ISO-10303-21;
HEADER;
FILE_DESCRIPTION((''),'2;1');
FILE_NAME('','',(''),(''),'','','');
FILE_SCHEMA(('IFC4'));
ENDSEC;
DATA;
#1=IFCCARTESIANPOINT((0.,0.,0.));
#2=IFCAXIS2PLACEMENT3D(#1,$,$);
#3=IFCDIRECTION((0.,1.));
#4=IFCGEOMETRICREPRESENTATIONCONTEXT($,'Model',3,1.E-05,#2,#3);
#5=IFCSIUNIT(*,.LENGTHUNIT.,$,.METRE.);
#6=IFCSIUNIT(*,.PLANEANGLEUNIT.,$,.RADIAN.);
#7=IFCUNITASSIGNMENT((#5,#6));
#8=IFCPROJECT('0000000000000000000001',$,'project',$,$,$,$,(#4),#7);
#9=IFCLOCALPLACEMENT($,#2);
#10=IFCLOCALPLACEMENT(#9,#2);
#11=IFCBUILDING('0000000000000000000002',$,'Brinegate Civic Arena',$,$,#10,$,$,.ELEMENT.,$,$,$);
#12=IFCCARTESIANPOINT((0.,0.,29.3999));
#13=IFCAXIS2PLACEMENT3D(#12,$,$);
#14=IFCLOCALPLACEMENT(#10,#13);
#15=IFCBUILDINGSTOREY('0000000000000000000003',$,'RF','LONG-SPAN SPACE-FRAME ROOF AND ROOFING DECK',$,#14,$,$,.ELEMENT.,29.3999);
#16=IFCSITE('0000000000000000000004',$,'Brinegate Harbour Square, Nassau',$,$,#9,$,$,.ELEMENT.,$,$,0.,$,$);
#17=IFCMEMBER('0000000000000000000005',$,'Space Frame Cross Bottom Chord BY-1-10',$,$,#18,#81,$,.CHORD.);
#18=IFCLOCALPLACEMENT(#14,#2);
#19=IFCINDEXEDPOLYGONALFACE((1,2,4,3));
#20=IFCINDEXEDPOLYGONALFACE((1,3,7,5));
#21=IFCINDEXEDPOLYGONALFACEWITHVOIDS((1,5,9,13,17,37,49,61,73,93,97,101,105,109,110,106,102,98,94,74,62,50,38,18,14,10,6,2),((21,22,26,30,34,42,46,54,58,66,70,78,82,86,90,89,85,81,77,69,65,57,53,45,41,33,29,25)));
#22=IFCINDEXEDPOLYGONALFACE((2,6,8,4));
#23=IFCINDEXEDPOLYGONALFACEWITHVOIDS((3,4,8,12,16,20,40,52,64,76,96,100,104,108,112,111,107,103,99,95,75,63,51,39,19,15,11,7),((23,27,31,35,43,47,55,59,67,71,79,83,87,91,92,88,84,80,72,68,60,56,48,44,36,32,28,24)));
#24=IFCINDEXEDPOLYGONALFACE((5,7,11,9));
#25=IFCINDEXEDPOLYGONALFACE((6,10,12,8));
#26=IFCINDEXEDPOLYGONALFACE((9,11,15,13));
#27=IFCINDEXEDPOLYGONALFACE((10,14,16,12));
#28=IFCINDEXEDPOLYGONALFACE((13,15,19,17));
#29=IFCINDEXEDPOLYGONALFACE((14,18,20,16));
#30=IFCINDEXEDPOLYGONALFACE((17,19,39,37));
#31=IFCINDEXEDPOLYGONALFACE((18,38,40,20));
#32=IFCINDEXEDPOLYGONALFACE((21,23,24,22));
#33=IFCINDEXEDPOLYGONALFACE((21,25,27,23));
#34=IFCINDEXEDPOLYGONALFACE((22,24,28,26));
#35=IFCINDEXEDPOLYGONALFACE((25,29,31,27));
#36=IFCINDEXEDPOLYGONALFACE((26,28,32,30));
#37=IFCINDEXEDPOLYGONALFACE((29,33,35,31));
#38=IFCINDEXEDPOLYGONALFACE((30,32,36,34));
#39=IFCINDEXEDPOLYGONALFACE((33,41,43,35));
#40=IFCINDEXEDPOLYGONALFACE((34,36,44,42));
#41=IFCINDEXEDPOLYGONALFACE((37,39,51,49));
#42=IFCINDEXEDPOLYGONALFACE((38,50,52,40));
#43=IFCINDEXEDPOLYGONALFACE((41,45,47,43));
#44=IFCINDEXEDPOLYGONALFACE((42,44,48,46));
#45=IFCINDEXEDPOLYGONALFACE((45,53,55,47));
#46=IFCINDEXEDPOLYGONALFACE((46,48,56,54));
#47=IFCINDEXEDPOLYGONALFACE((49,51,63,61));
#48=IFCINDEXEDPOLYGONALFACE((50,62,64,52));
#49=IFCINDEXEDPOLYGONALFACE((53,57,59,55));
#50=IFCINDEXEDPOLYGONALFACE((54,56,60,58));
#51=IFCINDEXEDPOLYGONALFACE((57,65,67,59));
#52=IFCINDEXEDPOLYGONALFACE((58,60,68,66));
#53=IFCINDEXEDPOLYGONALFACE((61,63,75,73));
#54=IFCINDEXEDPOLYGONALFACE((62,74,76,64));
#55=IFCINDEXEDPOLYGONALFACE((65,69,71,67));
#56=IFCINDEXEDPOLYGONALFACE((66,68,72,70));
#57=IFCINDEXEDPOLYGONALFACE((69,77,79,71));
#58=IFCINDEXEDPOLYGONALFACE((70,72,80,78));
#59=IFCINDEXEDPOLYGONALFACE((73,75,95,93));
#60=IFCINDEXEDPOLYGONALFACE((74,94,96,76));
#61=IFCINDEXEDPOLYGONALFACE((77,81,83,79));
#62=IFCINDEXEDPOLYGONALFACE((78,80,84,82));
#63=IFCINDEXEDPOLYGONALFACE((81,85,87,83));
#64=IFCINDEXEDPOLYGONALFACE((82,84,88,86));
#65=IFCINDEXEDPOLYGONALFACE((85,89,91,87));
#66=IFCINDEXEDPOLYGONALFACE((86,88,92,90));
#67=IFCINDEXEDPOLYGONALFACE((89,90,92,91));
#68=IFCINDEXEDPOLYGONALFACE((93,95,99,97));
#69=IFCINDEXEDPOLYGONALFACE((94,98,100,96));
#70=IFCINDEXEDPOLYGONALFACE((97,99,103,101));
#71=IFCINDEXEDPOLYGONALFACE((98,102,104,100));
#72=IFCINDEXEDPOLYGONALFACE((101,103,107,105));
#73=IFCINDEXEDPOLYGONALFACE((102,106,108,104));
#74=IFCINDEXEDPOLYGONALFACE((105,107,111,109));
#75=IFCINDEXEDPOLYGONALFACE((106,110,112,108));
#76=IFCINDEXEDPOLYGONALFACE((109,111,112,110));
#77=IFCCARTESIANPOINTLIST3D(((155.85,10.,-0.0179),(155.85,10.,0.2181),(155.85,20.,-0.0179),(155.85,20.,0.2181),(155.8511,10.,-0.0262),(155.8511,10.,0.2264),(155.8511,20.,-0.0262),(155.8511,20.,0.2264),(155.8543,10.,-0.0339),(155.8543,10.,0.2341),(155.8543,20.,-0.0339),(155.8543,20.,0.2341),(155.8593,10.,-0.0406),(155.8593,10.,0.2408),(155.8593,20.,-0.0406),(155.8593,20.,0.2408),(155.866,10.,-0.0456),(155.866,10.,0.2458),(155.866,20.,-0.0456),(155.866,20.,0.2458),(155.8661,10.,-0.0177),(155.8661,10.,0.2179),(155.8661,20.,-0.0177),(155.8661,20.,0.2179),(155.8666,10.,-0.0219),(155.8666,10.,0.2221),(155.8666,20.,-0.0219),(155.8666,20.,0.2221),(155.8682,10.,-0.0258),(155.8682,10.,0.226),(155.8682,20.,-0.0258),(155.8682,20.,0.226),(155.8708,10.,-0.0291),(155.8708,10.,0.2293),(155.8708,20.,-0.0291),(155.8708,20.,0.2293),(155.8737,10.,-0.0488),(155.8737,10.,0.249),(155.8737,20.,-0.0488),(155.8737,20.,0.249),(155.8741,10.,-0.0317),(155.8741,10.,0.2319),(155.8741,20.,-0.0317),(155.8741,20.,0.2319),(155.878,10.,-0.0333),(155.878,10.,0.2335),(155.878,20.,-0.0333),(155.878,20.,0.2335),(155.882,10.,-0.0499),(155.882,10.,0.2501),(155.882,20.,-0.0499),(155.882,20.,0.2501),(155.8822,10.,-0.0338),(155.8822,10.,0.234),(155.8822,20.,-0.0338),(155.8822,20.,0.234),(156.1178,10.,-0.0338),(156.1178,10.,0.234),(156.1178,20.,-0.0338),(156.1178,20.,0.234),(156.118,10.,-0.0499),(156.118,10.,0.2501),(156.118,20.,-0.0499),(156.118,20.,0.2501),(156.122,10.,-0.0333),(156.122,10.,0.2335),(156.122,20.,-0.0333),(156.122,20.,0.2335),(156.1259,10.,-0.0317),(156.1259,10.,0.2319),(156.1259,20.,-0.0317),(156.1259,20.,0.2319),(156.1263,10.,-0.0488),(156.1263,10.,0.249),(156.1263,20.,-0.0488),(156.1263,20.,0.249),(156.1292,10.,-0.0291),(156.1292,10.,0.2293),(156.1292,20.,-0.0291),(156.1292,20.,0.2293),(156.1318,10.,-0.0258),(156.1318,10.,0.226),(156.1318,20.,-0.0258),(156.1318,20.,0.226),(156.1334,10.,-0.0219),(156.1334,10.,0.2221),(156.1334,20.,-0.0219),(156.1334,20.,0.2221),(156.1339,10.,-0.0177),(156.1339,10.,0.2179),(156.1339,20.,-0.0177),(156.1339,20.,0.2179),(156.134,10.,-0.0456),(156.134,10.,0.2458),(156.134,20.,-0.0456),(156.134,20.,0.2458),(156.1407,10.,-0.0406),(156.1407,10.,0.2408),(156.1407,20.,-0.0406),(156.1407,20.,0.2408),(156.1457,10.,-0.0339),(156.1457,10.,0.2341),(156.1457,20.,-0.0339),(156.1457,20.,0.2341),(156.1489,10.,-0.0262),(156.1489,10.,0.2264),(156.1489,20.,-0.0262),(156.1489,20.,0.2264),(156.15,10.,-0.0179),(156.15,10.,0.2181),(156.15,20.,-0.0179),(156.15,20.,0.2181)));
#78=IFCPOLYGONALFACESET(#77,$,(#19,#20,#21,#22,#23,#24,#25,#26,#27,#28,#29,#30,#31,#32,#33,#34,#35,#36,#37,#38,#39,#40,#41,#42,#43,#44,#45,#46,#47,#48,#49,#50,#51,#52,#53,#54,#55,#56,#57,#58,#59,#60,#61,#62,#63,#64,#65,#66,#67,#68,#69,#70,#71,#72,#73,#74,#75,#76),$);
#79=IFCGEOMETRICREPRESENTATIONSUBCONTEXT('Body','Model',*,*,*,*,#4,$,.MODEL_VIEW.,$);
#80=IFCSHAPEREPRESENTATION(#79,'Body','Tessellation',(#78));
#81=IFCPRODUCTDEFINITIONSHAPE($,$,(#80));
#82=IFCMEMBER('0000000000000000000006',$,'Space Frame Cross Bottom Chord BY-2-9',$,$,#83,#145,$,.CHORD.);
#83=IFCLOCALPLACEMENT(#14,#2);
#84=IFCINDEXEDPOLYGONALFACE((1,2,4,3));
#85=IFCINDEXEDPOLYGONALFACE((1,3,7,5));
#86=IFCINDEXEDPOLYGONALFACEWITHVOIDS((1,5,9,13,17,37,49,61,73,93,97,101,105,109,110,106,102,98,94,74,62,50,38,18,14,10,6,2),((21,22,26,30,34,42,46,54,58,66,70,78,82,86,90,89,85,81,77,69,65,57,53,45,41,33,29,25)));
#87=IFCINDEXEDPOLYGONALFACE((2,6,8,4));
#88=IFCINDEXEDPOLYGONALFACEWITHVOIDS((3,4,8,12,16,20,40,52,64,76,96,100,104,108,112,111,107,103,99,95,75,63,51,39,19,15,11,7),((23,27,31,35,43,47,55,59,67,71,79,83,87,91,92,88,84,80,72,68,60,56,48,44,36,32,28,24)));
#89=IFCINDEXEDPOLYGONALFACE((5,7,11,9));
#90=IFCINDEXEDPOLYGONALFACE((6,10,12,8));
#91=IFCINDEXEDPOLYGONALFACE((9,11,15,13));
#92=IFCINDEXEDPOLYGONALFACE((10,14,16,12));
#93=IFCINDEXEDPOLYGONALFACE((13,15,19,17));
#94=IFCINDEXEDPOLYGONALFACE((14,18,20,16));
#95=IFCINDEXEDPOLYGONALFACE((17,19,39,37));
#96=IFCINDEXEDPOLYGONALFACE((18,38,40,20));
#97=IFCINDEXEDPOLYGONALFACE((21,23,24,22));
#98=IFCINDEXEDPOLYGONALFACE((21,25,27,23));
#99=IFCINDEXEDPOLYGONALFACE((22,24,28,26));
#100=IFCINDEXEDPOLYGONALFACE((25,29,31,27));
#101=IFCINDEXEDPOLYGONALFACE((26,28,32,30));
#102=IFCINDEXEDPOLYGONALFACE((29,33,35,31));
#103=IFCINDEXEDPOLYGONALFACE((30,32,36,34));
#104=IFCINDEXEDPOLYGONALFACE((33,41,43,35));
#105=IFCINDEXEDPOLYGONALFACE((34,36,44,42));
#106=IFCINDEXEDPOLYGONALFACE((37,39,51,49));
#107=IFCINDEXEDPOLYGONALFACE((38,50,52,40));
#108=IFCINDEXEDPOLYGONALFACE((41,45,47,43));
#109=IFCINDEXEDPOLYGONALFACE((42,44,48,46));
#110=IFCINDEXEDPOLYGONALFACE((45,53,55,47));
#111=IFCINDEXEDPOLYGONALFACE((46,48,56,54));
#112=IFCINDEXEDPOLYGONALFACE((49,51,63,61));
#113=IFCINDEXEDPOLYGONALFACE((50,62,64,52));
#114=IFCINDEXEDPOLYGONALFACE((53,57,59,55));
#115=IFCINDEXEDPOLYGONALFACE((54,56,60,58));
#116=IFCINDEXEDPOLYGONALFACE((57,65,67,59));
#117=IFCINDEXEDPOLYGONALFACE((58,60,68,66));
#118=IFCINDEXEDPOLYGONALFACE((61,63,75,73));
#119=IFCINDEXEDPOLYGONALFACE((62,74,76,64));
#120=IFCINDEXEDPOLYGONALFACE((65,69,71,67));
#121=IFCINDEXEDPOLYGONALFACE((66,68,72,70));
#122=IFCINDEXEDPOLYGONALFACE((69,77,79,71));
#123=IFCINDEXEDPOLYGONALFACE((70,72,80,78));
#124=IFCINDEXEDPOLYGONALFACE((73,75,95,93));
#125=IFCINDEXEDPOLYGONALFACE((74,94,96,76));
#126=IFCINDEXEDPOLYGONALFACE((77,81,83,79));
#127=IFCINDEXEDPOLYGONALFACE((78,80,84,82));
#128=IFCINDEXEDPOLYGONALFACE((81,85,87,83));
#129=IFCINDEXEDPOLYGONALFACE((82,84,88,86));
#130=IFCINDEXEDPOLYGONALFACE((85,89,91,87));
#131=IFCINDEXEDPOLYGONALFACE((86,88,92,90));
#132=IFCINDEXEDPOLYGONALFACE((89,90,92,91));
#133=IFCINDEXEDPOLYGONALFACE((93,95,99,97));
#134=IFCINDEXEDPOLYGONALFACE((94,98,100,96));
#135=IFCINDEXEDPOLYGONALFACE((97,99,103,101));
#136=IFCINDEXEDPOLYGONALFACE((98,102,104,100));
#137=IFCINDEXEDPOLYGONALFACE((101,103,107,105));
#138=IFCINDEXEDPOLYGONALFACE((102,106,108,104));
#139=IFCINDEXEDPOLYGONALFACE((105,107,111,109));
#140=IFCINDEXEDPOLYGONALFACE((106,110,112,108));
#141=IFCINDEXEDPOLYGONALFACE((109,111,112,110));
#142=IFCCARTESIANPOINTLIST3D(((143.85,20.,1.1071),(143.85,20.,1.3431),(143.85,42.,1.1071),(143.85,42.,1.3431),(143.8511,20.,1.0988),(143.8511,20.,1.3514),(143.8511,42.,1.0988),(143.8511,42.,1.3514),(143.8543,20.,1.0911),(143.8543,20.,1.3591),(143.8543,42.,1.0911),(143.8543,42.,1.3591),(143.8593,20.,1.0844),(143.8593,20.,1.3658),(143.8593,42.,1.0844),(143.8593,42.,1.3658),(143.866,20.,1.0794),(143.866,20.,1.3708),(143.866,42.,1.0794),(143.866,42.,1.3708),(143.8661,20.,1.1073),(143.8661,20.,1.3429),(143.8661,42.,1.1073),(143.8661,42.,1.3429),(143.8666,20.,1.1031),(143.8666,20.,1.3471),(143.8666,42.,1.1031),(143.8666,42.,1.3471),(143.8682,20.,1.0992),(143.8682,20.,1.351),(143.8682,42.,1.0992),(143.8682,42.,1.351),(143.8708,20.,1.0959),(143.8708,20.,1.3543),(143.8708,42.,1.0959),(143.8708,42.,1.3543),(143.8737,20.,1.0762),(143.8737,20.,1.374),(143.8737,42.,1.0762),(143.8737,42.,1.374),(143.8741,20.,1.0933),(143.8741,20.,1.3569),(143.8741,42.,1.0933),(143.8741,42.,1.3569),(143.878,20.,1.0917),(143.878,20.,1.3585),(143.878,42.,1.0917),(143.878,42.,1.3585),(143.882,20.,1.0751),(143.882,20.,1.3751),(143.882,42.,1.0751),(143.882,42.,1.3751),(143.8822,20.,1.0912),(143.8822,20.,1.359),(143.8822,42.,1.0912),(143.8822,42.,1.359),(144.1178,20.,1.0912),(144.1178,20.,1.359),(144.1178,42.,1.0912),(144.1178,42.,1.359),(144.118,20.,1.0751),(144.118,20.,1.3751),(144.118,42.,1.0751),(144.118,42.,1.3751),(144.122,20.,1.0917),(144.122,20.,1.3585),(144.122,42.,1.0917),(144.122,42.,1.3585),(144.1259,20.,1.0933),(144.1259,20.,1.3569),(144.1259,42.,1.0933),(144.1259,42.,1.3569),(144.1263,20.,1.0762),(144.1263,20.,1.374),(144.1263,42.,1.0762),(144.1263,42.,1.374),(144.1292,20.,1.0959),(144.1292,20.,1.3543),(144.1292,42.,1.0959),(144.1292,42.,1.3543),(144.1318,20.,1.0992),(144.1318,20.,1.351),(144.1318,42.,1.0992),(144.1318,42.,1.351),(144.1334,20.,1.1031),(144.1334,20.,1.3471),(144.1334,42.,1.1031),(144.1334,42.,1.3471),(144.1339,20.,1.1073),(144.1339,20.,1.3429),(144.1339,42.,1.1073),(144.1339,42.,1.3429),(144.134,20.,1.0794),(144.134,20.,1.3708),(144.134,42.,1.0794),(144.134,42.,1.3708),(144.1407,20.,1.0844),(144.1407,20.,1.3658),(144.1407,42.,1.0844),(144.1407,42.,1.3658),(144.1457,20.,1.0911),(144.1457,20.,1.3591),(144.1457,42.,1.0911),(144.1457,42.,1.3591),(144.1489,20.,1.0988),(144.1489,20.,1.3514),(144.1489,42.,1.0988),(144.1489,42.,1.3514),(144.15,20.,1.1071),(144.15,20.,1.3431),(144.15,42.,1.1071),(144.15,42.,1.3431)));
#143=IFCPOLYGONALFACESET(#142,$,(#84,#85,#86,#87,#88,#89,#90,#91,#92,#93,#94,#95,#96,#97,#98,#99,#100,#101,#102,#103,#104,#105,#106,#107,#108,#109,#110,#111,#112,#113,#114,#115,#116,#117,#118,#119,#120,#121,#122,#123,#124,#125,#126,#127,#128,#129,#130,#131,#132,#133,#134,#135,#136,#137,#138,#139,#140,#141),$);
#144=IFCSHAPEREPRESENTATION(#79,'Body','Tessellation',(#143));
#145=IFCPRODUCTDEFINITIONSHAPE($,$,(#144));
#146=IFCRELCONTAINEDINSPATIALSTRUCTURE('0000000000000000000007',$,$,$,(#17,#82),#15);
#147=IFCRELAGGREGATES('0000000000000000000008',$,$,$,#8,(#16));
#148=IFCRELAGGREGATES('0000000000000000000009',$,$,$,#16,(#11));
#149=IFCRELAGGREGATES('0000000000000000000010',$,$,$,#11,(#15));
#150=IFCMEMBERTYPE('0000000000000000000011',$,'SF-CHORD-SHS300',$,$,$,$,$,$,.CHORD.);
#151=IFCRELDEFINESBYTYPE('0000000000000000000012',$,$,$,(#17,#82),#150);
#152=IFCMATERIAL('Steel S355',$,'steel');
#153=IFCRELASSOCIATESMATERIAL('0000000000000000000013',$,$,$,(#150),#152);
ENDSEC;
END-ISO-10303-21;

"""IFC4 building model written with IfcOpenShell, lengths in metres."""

from ifc_helpers import new_model, si_unit, direction, frame, origin, origin_2d, place, context, subcontext, project, spatial, hollow_rectangle, extrude, material, material_profile, profile_set, type_object, element, save


model = new_model("IFC4")

# Units and contexts
model_context = context("Model", 3, precision=1e-05, world=origin(), true_north=direction((0.0, 1.0)))
body_context = subcontext(model_context, "Body", "Model", "MODEL_VIEW")
ifc_project = project(units=[si_unit("LENGTHUNIT", "METRE"), si_unit("PLANEANGLEUNIT", "RADIAN")], contexts=[model_context])

# Site, building, storey
site_placement = place(None, origin())
site = spatial("IfcSite", under=ifc_project, at=site_placement, Name="Brinegate Harbour Square, Nassau", CompositionType="ELEMENT", RefElevation=0.0)
building_placement = place(site_placement, origin())
building = spatial("IfcBuilding", under=site, at=building_placement, Name="Brinegate Civic Arena", CompositionType="ELEMENT")
storey_placement = place(building_placement, frame((0.0, 0.0, 29.3999)))
storey = spatial("IfcBuildingStorey", under=building, at=storey_placement, Name="RF", Description="LONG-SPAN SPACE-FRAME ROOF AND ROOFING DECK", CompositionType="ELEMENT", Elevation=29.3999)

# Shared definitions
ifc_material_1 = material(Name="Steel S355", Category="steel")

# Members
ifc_material_profile_1 = material_profile(ifc_material_1, hollow_rectangle(XDim=0.3, YDim=0.3, WallThickness=0.0161, InnerFilletRadius=0.0161, OuterFilletRadius=0.032, at=origin_2d()), Name="SHS300X16")
ifc_profile_set_1 = profile_set([ifc_material_profile_1], Name="Steel S355")
member_type_1 = type_object("IfcMemberType", Name="SF-CHORD-SHS300", PredefinedType="CHORD", material=ifc_profile_set_1)
for number, where, z_axis, x_axis, name in (
    (1, (156.0, 10.0, 0.1001), (0.0, 1.0, 0.0), (-1.0, 0.0, 0.0), "Space Frame Cross Bottom Chord BY-1-10"),
):
    element("IfcMember", number, at=place(storey_placement, frame(where, z_axis=z_axis, x_axis=x_axis)), inside=storey, type_object=member_type_1, Name=name, PredefinedType="CHORD", context=body_context, shape_type="SweptSolid", body=[
        extrude(hollow_rectangle(XDim=0.3, YDim=0.3, WallThickness=0.0161, InnerFilletRadius=0.0161, OuterFilletRadius=0.032, at=origin_2d()), origin(), (0.0, 0.0, 1.0), 10.0),
    ])
member_1_placement = place(storey_placement, frame((144.0, 20.0, 1.2251), z_axis=(0.0, 1.0, 0.0), x_axis=(-1.0, 0.0, 0.0)))
element("IfcMember", 2, at=member_1_placement, inside=storey, type_object=member_type_1, Name="Space Frame Cross Bottom Chord BY-2-9", PredefinedType="CHORD", context=body_context, shape_type="SweptSolid", body=[
    extrude(hollow_rectangle(XDim=0.3, YDim=0.3, WallThickness=0.0161, InnerFilletRadius=0.0161, OuterFilletRadius=0.032, at=origin_2d()), origin(), (0.0, 0.0, 1.0), 22.0),
])

save(model, "model.ifc")
